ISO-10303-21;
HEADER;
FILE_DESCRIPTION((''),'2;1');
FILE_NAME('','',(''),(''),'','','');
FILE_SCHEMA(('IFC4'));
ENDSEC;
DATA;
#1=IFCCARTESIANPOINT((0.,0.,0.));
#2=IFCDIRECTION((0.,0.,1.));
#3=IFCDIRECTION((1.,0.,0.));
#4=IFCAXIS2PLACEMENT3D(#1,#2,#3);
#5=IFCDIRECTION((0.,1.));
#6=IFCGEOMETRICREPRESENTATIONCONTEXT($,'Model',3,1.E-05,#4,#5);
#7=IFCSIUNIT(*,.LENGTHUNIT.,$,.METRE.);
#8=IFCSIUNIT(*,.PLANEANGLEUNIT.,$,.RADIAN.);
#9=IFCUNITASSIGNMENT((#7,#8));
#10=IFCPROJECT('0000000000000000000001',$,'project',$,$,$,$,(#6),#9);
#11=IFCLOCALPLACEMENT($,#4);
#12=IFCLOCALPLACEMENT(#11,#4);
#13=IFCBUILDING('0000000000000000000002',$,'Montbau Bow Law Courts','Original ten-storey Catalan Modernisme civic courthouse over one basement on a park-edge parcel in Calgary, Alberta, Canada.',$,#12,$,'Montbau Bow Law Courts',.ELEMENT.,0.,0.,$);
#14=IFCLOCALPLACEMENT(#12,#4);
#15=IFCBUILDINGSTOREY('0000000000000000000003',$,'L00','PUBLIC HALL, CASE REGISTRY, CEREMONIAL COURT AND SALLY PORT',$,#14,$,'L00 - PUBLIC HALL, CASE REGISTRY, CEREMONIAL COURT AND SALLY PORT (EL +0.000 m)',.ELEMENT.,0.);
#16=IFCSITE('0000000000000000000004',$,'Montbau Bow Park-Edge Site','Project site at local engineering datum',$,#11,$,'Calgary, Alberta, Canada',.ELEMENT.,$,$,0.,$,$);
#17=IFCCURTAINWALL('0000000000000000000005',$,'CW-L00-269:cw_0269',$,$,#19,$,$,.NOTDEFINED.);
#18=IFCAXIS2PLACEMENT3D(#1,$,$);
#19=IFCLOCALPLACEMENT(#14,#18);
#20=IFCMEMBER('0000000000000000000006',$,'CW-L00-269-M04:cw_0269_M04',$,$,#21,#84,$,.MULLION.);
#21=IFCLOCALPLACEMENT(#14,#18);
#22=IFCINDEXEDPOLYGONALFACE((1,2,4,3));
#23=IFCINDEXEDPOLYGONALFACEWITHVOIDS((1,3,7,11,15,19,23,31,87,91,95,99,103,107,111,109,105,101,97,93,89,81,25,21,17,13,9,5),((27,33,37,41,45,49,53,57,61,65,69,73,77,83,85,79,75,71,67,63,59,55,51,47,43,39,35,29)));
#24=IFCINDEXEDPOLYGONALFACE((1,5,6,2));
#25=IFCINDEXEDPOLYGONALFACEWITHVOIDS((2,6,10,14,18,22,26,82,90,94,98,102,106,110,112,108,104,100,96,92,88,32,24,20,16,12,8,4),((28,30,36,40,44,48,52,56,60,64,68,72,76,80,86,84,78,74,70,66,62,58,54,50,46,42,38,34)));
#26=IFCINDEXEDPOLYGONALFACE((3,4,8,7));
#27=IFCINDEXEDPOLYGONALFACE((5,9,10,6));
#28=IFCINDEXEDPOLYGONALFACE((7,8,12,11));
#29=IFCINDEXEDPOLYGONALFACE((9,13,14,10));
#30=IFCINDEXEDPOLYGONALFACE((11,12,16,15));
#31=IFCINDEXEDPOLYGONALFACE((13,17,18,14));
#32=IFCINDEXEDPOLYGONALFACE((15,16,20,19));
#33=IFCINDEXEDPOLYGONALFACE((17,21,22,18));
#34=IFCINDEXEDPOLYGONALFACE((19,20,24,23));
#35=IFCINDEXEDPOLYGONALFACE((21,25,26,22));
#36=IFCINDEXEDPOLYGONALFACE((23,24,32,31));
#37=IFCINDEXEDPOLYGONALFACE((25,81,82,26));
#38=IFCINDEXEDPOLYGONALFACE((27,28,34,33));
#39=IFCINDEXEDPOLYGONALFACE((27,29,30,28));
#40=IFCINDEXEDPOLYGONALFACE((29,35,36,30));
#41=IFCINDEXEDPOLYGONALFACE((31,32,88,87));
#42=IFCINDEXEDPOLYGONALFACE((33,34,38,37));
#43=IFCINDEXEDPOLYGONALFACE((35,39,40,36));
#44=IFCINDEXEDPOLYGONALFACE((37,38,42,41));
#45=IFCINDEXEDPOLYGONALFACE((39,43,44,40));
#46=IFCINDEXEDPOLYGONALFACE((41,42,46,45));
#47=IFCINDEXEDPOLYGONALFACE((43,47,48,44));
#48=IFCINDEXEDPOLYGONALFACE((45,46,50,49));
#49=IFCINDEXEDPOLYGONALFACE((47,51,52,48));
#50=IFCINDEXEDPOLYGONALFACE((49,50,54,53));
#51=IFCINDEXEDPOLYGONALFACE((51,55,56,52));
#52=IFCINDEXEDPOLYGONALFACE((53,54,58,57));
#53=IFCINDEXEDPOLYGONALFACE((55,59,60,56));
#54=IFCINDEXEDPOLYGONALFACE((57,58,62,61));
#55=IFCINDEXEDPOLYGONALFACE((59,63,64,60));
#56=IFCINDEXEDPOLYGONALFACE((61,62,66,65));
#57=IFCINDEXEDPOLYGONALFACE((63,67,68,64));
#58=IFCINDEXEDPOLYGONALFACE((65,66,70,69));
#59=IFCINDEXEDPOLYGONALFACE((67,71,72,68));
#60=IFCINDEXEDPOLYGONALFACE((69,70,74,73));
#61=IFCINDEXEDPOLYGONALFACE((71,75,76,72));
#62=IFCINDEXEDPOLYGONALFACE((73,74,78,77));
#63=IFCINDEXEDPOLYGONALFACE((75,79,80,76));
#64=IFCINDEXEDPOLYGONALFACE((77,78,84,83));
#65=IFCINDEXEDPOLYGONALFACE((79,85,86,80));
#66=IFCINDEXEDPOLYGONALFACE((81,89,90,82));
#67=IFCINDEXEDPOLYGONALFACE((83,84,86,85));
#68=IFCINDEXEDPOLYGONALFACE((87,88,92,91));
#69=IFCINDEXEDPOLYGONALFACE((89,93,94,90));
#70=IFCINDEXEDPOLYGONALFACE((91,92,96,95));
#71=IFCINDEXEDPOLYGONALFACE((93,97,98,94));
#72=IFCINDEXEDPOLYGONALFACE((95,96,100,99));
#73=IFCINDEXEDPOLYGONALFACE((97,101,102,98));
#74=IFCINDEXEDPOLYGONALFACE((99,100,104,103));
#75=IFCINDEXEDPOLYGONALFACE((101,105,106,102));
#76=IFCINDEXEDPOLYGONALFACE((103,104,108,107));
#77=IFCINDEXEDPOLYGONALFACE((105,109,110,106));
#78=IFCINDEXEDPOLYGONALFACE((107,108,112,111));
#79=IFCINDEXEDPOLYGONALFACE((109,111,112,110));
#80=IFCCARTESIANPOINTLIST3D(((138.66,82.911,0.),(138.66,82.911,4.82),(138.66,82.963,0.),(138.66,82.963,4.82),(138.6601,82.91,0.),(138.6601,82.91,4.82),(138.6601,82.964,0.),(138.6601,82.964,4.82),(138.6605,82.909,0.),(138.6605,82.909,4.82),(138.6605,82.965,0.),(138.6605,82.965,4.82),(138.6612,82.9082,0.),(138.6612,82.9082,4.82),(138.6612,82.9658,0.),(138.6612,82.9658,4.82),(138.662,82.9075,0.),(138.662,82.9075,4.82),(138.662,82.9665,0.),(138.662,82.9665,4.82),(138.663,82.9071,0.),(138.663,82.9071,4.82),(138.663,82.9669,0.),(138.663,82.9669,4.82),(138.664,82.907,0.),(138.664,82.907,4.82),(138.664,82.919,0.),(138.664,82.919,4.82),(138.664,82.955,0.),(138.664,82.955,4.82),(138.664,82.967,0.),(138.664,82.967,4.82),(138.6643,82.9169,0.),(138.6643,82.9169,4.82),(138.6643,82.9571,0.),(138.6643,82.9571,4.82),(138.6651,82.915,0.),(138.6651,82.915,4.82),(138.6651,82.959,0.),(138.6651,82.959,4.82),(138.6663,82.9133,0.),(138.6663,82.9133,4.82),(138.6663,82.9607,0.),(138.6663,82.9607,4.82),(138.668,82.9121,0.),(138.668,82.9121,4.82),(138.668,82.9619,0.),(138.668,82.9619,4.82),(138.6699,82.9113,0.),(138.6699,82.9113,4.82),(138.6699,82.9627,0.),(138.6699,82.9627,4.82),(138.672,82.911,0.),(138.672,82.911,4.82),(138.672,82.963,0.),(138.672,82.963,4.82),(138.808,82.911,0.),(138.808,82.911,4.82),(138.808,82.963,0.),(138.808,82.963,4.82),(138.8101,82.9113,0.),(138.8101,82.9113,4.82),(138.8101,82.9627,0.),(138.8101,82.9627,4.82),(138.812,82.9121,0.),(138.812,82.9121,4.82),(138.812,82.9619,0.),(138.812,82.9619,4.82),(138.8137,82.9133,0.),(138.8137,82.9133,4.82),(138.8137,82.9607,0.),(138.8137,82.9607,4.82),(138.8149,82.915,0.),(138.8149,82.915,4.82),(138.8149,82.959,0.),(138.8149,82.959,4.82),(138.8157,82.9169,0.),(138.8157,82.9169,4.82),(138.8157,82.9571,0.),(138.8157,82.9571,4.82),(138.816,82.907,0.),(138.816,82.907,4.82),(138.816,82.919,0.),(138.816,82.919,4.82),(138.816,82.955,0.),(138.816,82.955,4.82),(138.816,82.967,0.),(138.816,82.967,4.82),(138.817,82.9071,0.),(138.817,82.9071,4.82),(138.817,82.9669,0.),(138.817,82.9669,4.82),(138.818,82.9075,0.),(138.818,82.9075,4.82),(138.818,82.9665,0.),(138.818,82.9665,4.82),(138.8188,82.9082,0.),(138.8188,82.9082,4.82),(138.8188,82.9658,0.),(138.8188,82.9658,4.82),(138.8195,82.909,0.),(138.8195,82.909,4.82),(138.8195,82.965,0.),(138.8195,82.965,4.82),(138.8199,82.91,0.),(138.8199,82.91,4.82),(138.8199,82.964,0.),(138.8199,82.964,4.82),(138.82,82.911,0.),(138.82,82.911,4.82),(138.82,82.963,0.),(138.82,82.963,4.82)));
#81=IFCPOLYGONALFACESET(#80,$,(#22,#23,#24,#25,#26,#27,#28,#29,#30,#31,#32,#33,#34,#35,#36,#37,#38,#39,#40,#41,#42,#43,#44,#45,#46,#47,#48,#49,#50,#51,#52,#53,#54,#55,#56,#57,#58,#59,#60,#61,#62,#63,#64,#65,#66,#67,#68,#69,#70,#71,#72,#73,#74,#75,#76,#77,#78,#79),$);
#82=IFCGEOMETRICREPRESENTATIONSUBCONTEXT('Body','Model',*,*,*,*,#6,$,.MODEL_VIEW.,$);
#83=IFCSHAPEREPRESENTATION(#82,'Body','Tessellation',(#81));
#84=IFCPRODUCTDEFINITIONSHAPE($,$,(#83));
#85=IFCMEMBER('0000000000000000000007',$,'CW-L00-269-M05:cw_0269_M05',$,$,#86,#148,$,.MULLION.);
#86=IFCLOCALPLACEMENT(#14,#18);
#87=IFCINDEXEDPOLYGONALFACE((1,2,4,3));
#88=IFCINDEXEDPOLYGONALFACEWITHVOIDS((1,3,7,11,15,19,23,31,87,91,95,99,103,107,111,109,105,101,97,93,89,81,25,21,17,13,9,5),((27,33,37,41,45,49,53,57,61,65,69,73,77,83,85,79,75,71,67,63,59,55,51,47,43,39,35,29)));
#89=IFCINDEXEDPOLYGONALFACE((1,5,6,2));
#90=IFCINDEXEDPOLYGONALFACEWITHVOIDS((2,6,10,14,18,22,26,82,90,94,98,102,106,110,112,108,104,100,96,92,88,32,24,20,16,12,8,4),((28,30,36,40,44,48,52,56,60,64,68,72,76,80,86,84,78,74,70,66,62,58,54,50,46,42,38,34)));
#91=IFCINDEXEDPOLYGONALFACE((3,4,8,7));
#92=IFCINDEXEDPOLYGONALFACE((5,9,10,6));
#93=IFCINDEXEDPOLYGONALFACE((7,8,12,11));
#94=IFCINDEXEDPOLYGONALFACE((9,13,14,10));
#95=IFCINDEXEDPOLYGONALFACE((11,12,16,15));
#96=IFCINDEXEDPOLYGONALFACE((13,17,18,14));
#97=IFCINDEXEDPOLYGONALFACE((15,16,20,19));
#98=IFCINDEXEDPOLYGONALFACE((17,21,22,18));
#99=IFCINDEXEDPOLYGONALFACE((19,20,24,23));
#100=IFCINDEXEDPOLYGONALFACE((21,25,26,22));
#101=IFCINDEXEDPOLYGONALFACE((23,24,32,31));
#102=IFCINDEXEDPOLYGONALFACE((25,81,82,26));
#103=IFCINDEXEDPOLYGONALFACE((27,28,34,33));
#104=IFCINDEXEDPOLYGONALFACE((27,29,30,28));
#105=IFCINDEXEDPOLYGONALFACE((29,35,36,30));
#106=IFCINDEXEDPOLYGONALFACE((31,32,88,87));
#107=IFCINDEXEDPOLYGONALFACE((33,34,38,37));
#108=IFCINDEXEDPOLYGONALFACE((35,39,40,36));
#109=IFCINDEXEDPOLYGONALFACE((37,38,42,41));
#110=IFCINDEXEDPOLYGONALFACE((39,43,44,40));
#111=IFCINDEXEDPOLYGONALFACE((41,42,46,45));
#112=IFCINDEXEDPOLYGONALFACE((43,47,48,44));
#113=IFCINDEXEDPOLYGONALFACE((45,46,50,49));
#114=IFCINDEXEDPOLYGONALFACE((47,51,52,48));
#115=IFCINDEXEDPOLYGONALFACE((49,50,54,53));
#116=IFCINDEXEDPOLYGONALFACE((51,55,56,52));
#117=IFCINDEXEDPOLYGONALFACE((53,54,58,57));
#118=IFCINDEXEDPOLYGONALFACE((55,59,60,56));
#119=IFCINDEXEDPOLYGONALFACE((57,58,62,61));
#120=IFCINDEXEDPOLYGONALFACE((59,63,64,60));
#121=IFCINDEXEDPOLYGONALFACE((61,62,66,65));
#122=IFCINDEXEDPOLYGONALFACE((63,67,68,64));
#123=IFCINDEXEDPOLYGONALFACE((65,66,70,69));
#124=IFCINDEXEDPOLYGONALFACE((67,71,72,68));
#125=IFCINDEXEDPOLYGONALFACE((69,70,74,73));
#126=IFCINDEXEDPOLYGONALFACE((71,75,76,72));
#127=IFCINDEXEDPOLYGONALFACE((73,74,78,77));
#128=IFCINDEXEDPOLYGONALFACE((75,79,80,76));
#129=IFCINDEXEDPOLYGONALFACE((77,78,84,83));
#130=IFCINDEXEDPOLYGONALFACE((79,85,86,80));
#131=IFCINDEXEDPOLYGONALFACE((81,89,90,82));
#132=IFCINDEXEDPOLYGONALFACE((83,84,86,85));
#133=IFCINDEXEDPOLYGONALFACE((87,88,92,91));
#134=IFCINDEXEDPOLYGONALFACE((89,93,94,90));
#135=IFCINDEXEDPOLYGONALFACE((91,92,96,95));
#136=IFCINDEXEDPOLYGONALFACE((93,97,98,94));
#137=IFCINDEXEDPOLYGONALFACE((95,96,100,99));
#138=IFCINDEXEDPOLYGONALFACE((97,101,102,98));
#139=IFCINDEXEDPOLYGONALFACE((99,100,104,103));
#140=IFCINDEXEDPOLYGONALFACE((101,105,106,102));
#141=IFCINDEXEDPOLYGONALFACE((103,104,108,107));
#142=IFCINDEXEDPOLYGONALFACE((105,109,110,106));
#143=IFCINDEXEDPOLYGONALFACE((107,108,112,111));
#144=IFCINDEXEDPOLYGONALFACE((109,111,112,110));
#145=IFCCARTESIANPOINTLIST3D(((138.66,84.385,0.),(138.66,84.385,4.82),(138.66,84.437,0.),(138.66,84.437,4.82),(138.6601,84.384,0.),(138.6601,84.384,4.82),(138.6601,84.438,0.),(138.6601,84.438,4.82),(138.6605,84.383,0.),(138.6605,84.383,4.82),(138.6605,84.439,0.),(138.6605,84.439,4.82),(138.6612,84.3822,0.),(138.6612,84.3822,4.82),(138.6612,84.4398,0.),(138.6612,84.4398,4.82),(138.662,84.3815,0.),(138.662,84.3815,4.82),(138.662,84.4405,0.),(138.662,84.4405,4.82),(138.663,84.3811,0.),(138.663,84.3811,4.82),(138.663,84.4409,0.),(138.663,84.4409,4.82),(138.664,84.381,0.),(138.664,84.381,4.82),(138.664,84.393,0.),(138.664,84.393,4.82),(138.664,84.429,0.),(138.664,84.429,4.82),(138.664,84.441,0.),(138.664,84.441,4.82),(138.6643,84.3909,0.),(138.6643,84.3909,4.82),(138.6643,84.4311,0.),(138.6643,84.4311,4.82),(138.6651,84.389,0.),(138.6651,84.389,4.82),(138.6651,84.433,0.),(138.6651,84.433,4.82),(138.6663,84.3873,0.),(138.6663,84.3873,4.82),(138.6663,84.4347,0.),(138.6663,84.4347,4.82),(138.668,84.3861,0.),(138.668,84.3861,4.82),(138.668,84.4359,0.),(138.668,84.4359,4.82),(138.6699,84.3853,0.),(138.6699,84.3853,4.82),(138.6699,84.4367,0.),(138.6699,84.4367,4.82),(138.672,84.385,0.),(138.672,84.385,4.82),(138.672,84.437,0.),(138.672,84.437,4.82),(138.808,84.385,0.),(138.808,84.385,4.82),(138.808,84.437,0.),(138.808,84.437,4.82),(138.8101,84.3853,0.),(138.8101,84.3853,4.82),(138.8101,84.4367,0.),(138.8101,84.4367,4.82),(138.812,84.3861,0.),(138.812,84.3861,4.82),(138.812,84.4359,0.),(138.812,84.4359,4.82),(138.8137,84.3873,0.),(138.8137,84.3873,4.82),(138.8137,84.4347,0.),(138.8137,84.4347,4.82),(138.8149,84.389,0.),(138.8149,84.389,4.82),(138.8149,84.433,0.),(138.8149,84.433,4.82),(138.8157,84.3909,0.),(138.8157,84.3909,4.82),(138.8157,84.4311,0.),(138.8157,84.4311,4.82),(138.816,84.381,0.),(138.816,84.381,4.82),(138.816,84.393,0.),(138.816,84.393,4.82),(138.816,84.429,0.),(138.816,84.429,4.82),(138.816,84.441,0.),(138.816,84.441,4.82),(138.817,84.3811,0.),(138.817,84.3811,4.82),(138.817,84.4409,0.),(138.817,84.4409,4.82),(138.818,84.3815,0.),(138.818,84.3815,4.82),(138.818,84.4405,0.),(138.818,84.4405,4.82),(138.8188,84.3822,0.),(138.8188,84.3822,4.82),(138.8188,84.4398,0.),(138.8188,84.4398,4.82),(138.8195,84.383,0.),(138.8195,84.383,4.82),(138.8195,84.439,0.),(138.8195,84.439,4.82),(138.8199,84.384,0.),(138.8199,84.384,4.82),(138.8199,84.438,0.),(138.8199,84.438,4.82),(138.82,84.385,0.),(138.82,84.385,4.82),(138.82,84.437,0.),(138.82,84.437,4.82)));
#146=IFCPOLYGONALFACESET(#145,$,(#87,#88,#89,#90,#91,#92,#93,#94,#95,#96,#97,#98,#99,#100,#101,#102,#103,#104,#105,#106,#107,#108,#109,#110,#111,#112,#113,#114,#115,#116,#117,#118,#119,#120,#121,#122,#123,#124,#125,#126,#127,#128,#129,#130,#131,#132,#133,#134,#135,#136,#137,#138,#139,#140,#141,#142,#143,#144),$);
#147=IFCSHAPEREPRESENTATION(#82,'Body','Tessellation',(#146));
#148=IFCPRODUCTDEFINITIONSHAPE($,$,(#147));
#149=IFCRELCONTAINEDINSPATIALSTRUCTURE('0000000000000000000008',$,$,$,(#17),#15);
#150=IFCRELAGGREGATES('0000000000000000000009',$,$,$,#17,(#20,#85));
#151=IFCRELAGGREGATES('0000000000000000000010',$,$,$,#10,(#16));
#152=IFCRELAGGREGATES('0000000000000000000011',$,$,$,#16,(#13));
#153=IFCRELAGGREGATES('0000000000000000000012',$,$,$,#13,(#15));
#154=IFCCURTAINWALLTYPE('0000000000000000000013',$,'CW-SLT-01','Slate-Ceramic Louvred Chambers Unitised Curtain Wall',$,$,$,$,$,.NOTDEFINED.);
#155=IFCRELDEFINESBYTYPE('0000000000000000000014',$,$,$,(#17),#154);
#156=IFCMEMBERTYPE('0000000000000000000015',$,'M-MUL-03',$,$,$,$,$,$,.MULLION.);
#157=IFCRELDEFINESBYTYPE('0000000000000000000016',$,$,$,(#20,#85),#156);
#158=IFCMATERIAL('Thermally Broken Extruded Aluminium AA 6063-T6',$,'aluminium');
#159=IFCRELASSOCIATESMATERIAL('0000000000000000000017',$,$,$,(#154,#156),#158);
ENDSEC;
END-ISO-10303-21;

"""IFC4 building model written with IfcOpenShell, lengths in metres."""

from ifc_helpers import new_model, si_unit, direction, frame, origin_with_axes, origin_2d_with_axis, place, context, subcontext, project, spatial, hollow_rectangle, extrude, material, material_profile, profile_set, type_object, element, aggregate, save


model = new_model("IFC4")

# Units and contexts
model_context = context("Model", 3, precision=1e-05, world=origin_with_axes(), true_north=direction((0.0, 1.0)))
body_context = subcontext(model_context, "Body", "Model", "MODEL_VIEW")
ifc_project = project(units=[si_unit("LENGTHUNIT", "METRE"), si_unit("PLANEANGLEUNIT", "RADIAN")], contexts=[model_context])

# Site, building, storey
site_placement = place(None, origin_with_axes())
site = spatial("IfcSite", under=ifc_project, at=site_placement, Name="Montbau Bow Park-Edge Site", Description="Project site at local engineering datum", LongName="Calgary, Alberta, Canada", CompositionType="ELEMENT", RefElevation=0.0)
building_placement = place(site_placement, origin_with_axes())
building = spatial("IfcBuilding", under=site, at=building_placement, Name="Montbau Bow Law Courts", Description="Original ten-storey Catalan Modernisme civic courthouse over one basement on a park-edge parcel in Calgary, Alberta, Canada.", LongName="Montbau Bow Law Courts", CompositionType="ELEMENT", ElevationOfRefHeight=0.0, ElevationOfTerrain=0.0)
storey_placement = place(building_placement, origin_with_axes())
storey = spatial("IfcBuildingStorey", under=building, at=storey_placement, Name="L00", Description="PUBLIC HALL, CASE REGISTRY, CEREMONIAL COURT AND SALLY PORT", LongName="L00 - PUBLIC HALL, CASE REGISTRY, CEREMONIAL COURT AND SALLY PORT (EL +0.000 m)", CompositionType="ELEMENT", Elevation=0.0)

# Shared definitions
ifc_material_1 = material(Name="Thermally Broken Extruded Aluminium AA 6063-T6", Category="aluminium")
curtain_wall_type = type_object("IfcCurtainWallType", Name="CW-SLT-01", Description="Slate-Ceramic Louvred Chambers Unitised Curtain Wall", PredefinedType="NOTDEFINED", material=ifc_material_1)

# Curtain wall, members
curtain_wall_1_placement = place(None, frame((138.74, 78.515, 0.0), z_axis=(0.0, 0.0, 1.0), x_axis=(1.0, 0.0, 0.0)))
curtain_wall_1 = element("IfcCurtainWall", 1, at=curtain_wall_1_placement, inside=storey, type_object=curtain_wall_type, Name="CW-L00-269:cw_0269", PredefinedType="NOTDEFINED")
ifc_material_profile_1 = material_profile(ifc_material_1, hollow_rectangle(XDim=0.06, YDim=0.16, WallThickness=0.004, InnerFilletRadius=0.008, OuterFilletRadius=0.004, at=origin_2d_with_axis()), Name="CWM-160X60", Category="Main", Priority=0)
ifc_profile_set_1 = profile_set([ifc_material_profile_1], Name="Thermally Broken Extruded Aluminium AA 6063-T6")
member_type_1 = type_object("IfcMemberType", Name="M-MUL-03", PredefinedType="MULLION", material=ifc_profile_set_1)
member_1_placement = place(None, frame((138.74, 82.937, 0.0), z_axis=(0.0, 0.0, 1.0), x_axis=(0.0, 1.0, 0.0)))
member_1 = element("IfcMember", 2, at=member_1_placement, type_object=member_type_1, Name="CW-L00-269-M04:cw_0269_M04", PredefinedType="MULLION", context=body_context, shape_type="SweptSolid", body=[
    extrude(hollow_rectangle(XDim=0.06, YDim=0.16, WallThickness=0.004, InnerFilletRadius=0.008, OuterFilletRadius=0.004, at=origin_2d_with_axis()), origin_with_axes(), (0.0, 0.0, 1.0), 4.82),
])
member_2_placement = place(None, frame((138.74, 84.411, 0.0), z_axis=(0.0, 0.0, 1.0), x_axis=(0.0, 1.0, 0.0)))
member_2 = element("IfcMember", 3, at=member_2_placement, type_object=member_type_1, Name="CW-L00-269-M05:cw_0269_M05", PredefinedType="MULLION", context=body_context, shape_type="SweptSolid", body=[
    extrude(hollow_rectangle(XDim=0.06, YDim=0.16, WallThickness=0.004, InnerFilletRadius=0.008, OuterFilletRadius=0.004, at=origin_2d_with_axis()), origin_with_axes(), (0.0, 0.0, 1.0), 4.82),
])

aggregate(curtain_wall_1, [member_1, member_2])

save(model, "model.ifc")
